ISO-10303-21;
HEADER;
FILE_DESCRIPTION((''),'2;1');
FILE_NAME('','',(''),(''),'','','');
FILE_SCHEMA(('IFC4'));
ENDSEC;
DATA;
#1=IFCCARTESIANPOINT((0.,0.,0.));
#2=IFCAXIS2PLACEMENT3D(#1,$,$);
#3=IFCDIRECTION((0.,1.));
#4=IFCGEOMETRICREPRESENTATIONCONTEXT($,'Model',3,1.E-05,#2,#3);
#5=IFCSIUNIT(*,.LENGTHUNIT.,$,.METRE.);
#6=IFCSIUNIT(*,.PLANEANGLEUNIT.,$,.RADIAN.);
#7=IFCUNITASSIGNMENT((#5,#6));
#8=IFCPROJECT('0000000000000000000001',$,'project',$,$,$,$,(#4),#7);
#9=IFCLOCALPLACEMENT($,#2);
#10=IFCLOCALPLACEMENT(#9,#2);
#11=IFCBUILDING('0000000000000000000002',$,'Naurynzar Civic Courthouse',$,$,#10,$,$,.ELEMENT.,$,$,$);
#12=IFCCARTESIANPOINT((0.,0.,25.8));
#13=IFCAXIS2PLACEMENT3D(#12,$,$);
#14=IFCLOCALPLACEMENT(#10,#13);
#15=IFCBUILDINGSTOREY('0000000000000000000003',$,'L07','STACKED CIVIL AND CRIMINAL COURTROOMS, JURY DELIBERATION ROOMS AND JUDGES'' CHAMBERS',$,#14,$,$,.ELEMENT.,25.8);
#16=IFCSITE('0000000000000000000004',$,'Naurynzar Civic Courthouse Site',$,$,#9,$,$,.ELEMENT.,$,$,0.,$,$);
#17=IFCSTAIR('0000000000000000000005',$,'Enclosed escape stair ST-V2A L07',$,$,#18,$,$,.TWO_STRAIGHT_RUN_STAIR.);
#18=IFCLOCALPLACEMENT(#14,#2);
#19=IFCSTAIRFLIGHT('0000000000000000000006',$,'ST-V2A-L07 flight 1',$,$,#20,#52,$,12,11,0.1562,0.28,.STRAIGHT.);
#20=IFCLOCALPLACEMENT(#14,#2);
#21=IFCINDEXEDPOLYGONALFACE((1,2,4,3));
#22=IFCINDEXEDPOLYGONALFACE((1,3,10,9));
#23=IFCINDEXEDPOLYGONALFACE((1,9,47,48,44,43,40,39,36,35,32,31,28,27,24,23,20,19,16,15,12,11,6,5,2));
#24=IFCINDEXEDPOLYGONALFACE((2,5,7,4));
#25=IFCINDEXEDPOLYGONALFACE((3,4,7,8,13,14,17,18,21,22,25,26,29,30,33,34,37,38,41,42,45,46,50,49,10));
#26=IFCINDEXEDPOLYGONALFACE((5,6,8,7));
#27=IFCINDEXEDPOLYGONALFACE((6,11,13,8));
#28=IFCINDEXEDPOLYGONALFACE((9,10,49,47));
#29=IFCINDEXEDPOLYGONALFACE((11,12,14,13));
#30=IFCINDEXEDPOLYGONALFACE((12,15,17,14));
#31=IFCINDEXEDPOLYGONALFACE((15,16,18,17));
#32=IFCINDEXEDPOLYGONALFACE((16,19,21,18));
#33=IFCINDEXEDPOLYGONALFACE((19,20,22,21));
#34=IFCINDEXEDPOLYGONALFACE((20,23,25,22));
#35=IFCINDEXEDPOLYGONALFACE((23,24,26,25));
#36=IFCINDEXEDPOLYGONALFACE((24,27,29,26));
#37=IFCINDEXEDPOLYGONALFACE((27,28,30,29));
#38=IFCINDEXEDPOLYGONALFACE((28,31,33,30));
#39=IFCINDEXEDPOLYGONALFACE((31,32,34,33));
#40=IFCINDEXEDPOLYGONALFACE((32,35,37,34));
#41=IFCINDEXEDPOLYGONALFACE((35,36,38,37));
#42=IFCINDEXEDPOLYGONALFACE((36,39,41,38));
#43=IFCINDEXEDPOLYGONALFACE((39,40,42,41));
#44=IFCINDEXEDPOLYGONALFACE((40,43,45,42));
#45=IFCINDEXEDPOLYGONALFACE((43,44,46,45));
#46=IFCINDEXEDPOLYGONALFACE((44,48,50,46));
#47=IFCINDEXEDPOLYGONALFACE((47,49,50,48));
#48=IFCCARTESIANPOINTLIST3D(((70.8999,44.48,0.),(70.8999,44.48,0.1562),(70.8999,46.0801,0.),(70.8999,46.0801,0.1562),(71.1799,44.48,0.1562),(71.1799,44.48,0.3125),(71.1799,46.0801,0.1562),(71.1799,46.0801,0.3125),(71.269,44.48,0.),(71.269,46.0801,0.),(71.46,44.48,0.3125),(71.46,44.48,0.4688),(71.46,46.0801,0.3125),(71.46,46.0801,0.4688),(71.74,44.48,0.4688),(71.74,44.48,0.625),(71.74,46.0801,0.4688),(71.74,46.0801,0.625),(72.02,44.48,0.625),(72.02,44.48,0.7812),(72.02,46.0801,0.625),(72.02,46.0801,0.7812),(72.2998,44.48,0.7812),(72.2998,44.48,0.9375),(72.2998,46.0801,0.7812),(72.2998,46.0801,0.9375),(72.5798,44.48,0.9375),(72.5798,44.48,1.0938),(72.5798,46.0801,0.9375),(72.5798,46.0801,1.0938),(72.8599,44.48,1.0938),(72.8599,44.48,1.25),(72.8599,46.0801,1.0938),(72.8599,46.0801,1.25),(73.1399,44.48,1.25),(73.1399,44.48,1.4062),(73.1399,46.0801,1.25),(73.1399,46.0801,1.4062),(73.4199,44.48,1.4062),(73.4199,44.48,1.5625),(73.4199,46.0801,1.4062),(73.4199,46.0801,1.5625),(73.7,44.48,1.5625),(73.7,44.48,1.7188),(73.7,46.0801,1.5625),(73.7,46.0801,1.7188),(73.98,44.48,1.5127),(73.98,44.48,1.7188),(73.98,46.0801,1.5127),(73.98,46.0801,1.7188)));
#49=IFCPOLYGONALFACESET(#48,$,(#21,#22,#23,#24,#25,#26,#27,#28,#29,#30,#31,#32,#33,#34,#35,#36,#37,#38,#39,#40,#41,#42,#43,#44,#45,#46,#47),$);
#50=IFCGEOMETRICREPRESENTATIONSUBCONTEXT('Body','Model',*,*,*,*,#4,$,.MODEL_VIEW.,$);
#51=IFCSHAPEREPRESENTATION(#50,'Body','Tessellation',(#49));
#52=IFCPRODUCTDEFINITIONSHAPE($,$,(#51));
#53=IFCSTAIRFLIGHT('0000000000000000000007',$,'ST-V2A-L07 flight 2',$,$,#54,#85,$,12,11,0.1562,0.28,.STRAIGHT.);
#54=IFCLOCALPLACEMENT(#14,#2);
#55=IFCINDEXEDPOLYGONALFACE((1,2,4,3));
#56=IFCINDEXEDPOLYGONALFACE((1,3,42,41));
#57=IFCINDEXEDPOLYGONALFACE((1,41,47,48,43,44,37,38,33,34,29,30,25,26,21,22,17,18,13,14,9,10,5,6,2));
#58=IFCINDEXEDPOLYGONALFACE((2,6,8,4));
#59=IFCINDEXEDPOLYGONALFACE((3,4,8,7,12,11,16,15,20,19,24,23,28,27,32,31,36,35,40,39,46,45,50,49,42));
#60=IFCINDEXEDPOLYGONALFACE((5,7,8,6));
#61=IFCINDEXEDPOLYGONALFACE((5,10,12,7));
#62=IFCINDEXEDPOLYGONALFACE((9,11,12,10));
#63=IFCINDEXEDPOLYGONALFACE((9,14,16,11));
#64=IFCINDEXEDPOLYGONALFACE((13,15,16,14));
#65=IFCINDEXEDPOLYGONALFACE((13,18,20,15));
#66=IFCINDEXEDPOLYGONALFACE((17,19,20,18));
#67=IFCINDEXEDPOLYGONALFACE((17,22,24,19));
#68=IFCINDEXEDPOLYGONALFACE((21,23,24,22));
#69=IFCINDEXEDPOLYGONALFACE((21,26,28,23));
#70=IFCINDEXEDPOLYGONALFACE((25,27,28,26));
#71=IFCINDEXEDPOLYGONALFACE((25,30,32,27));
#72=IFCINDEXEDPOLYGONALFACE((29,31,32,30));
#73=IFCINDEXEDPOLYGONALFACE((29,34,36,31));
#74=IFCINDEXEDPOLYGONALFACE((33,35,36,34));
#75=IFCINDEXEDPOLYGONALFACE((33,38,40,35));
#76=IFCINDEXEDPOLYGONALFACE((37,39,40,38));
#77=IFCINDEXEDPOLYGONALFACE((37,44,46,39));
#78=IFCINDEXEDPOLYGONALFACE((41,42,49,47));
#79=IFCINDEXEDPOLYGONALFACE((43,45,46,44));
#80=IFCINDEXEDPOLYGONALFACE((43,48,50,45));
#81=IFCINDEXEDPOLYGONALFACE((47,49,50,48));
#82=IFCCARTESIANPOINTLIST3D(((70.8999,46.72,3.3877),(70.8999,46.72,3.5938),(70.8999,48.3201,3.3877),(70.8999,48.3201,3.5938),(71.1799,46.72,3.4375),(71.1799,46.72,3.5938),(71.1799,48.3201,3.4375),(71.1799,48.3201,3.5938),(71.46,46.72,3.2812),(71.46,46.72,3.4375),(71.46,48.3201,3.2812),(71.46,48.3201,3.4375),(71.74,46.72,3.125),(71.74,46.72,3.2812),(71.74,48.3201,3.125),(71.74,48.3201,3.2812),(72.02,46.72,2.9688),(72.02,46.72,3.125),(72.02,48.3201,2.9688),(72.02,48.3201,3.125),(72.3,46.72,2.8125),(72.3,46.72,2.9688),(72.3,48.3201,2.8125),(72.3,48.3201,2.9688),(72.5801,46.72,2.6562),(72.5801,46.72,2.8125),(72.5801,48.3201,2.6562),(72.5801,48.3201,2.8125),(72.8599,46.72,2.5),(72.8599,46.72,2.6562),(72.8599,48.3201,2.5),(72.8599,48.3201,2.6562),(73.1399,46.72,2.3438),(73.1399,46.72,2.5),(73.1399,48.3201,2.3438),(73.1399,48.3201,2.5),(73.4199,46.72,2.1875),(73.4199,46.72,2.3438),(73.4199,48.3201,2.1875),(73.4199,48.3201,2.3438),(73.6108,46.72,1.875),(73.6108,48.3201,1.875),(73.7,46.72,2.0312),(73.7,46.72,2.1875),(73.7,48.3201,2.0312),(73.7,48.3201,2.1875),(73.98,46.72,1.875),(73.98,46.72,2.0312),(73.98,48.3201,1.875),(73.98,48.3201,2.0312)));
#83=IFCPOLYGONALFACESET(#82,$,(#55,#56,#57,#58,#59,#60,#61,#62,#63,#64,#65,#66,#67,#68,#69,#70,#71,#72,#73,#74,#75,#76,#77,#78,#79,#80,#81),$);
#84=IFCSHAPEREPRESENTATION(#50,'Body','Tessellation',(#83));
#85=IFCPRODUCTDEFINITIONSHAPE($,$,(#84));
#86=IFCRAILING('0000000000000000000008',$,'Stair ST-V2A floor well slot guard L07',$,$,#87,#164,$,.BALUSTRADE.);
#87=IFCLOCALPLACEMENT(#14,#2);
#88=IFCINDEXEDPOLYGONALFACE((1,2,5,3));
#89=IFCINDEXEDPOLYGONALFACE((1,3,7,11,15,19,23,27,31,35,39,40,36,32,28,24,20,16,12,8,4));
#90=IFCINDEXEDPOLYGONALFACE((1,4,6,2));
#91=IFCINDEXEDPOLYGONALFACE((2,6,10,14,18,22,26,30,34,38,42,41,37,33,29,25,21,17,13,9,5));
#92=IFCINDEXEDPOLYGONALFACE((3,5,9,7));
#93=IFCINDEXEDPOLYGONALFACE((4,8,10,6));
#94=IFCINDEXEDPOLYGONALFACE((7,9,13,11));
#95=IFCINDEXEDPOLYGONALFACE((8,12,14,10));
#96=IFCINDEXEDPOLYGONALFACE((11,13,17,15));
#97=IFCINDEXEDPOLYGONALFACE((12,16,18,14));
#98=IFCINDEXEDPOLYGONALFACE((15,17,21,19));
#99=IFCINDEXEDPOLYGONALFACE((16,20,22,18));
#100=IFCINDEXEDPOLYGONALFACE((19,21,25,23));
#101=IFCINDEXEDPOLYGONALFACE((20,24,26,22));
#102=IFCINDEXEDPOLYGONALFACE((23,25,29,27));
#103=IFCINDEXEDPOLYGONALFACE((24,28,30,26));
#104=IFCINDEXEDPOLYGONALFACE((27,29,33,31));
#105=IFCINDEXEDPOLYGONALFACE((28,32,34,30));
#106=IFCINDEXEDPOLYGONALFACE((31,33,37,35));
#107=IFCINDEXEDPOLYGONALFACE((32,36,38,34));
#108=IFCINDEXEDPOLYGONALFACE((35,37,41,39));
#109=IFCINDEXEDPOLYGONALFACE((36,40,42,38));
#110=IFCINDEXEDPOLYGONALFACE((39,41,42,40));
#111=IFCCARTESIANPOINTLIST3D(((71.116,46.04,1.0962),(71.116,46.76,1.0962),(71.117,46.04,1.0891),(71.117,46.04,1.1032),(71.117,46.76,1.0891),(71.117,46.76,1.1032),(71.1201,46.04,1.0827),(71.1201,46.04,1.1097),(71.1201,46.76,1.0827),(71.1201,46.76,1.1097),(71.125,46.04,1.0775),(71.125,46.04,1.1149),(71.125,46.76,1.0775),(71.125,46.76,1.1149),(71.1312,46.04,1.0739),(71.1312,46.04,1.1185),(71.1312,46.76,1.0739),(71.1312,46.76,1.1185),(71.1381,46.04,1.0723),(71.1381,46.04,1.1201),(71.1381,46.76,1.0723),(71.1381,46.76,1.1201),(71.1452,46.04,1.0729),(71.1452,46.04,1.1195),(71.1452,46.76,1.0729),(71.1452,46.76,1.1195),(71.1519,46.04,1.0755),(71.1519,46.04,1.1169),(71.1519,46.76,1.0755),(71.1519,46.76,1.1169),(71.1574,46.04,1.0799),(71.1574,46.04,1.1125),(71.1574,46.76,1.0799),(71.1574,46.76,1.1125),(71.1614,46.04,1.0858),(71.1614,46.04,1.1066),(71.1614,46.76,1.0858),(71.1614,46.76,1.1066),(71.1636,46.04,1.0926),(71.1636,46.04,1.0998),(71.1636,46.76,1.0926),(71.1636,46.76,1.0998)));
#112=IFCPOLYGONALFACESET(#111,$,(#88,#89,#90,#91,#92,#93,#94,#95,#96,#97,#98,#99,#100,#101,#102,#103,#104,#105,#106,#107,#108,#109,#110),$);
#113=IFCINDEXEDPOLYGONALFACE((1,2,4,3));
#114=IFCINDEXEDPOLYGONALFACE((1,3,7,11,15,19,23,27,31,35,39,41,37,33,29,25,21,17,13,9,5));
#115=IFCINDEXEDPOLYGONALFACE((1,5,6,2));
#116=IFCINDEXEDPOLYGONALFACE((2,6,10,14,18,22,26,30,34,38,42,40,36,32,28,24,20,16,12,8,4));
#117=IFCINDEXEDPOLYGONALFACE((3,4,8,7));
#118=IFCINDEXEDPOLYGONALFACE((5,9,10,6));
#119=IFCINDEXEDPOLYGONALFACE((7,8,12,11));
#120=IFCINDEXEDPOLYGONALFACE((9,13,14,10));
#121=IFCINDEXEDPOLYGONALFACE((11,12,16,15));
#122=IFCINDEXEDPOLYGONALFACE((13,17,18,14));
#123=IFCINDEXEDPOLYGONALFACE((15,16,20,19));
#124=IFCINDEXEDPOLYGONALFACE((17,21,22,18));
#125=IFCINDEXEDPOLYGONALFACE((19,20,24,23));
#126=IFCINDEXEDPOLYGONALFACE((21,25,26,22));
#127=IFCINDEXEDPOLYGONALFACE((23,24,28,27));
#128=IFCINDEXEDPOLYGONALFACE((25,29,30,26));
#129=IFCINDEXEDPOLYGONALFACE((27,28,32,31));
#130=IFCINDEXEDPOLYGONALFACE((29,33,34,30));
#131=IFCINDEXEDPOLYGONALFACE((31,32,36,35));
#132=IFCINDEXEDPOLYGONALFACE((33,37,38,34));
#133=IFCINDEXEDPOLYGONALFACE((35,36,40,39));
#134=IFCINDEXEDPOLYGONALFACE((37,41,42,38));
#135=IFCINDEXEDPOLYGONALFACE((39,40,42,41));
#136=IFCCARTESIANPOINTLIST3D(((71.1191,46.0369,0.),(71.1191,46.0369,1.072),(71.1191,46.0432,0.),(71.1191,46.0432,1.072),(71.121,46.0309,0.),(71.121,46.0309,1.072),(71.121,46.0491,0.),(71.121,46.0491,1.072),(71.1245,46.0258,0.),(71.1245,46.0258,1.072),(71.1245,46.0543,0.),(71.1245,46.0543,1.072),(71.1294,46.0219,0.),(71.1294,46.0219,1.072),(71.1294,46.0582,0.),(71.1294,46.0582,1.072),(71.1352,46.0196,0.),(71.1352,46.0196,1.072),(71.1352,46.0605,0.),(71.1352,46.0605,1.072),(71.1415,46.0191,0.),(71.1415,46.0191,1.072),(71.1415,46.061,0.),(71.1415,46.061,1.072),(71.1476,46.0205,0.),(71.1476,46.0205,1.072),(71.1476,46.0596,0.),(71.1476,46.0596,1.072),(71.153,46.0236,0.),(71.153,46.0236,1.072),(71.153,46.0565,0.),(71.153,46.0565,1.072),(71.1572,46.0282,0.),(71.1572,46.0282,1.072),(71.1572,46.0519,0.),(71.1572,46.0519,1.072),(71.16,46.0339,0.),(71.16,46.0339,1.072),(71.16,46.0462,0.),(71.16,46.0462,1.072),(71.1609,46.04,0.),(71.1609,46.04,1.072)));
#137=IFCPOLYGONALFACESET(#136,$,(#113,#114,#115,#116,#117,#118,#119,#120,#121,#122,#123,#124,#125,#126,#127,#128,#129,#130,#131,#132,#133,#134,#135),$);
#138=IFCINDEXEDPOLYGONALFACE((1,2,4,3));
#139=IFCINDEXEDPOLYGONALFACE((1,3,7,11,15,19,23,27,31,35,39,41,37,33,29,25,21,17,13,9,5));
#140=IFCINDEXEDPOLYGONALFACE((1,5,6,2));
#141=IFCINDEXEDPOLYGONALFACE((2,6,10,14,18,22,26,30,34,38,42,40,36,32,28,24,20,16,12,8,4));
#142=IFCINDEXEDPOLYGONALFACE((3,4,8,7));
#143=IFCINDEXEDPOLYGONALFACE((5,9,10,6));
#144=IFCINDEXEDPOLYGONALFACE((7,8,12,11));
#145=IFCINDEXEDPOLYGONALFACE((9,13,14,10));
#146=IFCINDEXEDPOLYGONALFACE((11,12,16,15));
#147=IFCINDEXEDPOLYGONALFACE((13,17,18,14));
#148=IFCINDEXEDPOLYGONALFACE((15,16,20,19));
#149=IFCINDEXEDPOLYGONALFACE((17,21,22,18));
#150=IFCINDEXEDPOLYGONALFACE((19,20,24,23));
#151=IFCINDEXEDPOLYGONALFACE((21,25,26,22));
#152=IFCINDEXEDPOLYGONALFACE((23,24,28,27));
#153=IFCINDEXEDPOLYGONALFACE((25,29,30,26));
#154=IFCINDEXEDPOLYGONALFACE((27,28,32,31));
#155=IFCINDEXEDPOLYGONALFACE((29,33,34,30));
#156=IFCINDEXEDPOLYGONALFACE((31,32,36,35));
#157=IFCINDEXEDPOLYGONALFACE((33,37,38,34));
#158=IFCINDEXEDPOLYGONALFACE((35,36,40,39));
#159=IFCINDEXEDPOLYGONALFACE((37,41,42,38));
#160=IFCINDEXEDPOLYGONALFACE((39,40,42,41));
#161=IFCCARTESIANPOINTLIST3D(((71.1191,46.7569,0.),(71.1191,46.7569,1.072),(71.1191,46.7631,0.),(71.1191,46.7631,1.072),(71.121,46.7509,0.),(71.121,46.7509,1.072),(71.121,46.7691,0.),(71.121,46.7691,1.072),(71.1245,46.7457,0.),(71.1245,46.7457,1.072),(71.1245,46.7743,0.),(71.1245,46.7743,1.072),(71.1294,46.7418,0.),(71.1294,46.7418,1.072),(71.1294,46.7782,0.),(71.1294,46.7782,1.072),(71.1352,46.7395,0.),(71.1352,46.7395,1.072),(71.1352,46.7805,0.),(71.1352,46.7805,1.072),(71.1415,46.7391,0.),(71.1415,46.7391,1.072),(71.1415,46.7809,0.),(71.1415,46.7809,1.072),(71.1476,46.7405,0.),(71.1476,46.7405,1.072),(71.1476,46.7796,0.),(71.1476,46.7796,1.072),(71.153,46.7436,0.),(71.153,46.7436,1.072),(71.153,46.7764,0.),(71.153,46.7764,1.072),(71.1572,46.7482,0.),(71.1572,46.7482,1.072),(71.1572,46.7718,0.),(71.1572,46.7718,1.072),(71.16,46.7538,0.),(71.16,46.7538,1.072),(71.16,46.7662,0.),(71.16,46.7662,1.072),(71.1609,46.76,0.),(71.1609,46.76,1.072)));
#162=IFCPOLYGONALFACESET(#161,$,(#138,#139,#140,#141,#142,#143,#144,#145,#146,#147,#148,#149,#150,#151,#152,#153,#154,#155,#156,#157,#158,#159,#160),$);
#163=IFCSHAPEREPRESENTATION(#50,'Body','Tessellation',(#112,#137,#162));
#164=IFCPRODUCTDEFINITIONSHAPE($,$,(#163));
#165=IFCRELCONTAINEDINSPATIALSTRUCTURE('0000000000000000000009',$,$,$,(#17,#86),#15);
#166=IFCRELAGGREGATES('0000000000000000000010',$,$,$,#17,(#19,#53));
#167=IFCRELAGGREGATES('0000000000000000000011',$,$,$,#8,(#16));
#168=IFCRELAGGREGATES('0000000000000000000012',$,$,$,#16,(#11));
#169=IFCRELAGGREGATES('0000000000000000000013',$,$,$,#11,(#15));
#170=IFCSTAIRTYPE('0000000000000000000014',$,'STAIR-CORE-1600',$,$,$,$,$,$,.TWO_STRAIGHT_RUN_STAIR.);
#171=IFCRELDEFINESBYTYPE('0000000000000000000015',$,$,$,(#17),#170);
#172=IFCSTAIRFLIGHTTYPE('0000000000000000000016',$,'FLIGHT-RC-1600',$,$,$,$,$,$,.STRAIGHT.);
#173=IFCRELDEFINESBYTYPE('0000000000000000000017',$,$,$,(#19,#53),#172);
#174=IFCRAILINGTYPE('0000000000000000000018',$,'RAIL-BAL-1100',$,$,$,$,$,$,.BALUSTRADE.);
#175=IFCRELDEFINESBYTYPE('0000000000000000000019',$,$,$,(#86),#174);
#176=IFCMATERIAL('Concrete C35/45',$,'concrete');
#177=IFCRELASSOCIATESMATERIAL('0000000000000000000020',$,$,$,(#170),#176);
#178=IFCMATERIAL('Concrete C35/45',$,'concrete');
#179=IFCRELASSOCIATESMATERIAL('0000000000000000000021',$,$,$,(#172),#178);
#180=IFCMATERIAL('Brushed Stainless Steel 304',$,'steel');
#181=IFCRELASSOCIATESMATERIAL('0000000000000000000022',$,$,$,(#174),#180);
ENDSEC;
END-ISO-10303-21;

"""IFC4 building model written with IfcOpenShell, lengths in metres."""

from ifc_helpers import new_model, si_unit, direction, frame, origin, origin_2d, place, context, subcontext, project, spatial, polyline, circle, outline, extrude, material, type_object, element, aggregate, save


model = new_model("IFC4")

# Units and contexts
model_context = context("Model", 3, precision=1e-05, world=origin(), true_north=direction((0.0, 1.0)))
body_context = subcontext(model_context, "Body", "Model", "MODEL_VIEW")
ifc_project = project(units=[si_unit("LENGTHUNIT", "METRE"), si_unit("PLANEANGLEUNIT", "RADIAN")], contexts=[model_context])

# Site, building, storey
site_placement = place(None, origin())
site = spatial("IfcSite", under=ifc_project, at=site_placement, Name="Naurynzar Civic Courthouse Site", CompositionType="ELEMENT", RefElevation=0.0)
building_placement = place(site_placement, origin())
building = spatial("IfcBuilding", under=site, at=building_placement, Name="Naurynzar Civic Courthouse", CompositionType="ELEMENT")
storey_placement = place(building_placement, frame((0.0, 0.0, 25.8)))
storey = spatial("IfcBuildingStorey", under=building, at=storey_placement, Name="L07", Description="STACKED CIVIL AND CRIMINAL COURTROOMS, JURY DELIBERATION ROOMS AND JUDGES' CHAMBERS", CompositionType="ELEMENT", Elevation=25.8)

# Stair, stair flights
ifc_material_1 = material(Name="Concrete C35/45", Category="concrete")
stair_type = type_object("IfcStairType", Name="STAIR-CORE-1600", PredefinedType="TWO_STRAIGHT_RUN_STAIR", material=ifc_material_1)
stair_placement = place(storey_placement, origin())
stair = element("IfcStair", 1, at=stair_placement, inside=storey, type_object=stair_type, Name="Enclosed escape stair ST-V2A L07", PredefinedType="TWO_STRAIGHT_RUN_STAIR")
ifc_material_2 = material(Name="Concrete C35/45", Category="concrete")
stair_flight_type = type_object("IfcStairFlightType", Name="FLIGHT-RC-1600", PredefinedType="STRAIGHT", material=ifc_material_2)
stair_flight_1_placement = place(storey_placement, frame((70.8999, 45.28, 0.0), z_axis=(0.0, 0.0, 1.0), x_axis=(1.0, 0.0, 0.0)))
stair_flight_1 = element("IfcStairFlight", 2, at=stair_flight_1_placement, type_object=stair_flight_type, Name="ST-V2A-L07 flight 1", NumberOfRisers=12, NumberOfTreads=11, PredefinedType="STRAIGHT", RiserHeight=0.1562, TreadLength=0.28, context=body_context, shape_type="SweptSolid", body=[
    extrude(outline(polyline([(0.0, 0.0), (0.0, 0.1562), (0.28, 0.1562), (0.28, 0.3125), (0.5601, 0.3125), (0.5601, 0.4688), (0.8401, 0.4688), (0.8401, 0.625), (1.1201, 0.625), (1.1201, 0.7812), (1.3999, 0.7812), (1.3999, 0.9375), (1.6799, 0.9375), (1.6799, 1.0938), (1.96, 1.0938), (1.96, 1.25), (2.24, 1.25), (2.24, 1.4062), (2.52, 1.4062), (2.52, 1.5625), (2.8, 1.5625), (2.8, 1.7188), (3.0801, 1.7188), (3.0801, 1.875), (3.0801, 1.5127), (0.3691, 0.0), (0.0, 0.0)])), frame((0.0, 0.8, 0.0), z_axis=(0.0, -1.0, 0.0), x_axis=(1.0, 0.0, 0.0)), (0.0, 0.0, 1.0), 1.6001),
])
stair_flight_2_placement = place(storey_placement, frame((73.98, 47.52, 1.875), z_axis=(0.0, 0.0, 1.0), x_axis=(-1.0, 0.0, 0.0)))
stair_flight_2 = element("IfcStairFlight", 3, at=stair_flight_2_placement, type_object=stair_flight_type, Name="ST-V2A-L07 flight 2", NumberOfRisers=12, NumberOfTreads=11, PredefinedType="STRAIGHT", RiserHeight=0.1562, TreadLength=0.28, context=body_context, shape_type="SweptSolid", body=[
    extrude(outline(polyline([(0.0, 0.0), (0.0, 0.1562), (0.28, 0.1562), (0.28, 0.3125), (0.5601, 0.3125), (0.5601, 0.4688), (0.8401, 0.4688), (0.8401, 0.625), (1.1201, 0.625), (1.1201, 0.7812), (1.3999, 0.7812), (1.3999, 0.9375), (1.6799, 0.9375), (1.6799, 1.0938), (1.96, 1.0938), (1.96, 1.25), (2.24, 1.25), (2.24, 1.4062), (2.52, 1.4062), (2.52, 1.5625), (2.8, 1.5625), (2.8, 1.7188), (3.0801, 1.7188), (3.0801, 1.875), (3.0801, 1.5127), (0.3691, 0.0), (0.0, 0.0)])), frame((0.0, 0.8, 0.0), z_axis=(0.0, -1.0, 0.0), x_axis=(1.0, 0.0, 0.0)), (0.0, 0.0, 1.0), 1.6001),
])
aggregate(stair, [stair_flight_1, stair_flight_2])

# Railing
ifc_material_3 = material(Name="Brushed Stainless Steel 304", Category="steel")
railing_type_1 = type_object("IfcRailingType", Name="RAIL-BAL-1100", PredefinedType="BALUSTRADE", material=ifc_material_3)
for number, where, name in (
    (4, (71.1399, 46.04, 0.0), "Stair ST-V2A floor well slot guard L07"),
):
    element("IfcRailing", number, at=place(storey_placement, frame(where)), inside=storey, type_object=railing_type_1, Name=name, PredefinedType="BALUSTRADE", context=body_context, shape_type="SweptSolid", body=[
        extrude(circle(Radius=0.0239, at=origin_2d()), frame((0.0, 0.0, 1.0962), z_axis=(0.0, 1.0, 0.0), x_axis=(-1.0, 0.0, 0.0)), (0.0, 0.0, 1.0), 0.72),
        extrude(circle(Radius=0.021, at=origin_2d()), origin(), (0.0, 0.0, 1.0), 1.072),
        extrude(circle(Radius=0.021, at=origin_2d()), frame((0.0, 0.72, 0.0)), (0.0, 0.0, 1.0), 1.072),
    ])

save(model, "model.ifc")
